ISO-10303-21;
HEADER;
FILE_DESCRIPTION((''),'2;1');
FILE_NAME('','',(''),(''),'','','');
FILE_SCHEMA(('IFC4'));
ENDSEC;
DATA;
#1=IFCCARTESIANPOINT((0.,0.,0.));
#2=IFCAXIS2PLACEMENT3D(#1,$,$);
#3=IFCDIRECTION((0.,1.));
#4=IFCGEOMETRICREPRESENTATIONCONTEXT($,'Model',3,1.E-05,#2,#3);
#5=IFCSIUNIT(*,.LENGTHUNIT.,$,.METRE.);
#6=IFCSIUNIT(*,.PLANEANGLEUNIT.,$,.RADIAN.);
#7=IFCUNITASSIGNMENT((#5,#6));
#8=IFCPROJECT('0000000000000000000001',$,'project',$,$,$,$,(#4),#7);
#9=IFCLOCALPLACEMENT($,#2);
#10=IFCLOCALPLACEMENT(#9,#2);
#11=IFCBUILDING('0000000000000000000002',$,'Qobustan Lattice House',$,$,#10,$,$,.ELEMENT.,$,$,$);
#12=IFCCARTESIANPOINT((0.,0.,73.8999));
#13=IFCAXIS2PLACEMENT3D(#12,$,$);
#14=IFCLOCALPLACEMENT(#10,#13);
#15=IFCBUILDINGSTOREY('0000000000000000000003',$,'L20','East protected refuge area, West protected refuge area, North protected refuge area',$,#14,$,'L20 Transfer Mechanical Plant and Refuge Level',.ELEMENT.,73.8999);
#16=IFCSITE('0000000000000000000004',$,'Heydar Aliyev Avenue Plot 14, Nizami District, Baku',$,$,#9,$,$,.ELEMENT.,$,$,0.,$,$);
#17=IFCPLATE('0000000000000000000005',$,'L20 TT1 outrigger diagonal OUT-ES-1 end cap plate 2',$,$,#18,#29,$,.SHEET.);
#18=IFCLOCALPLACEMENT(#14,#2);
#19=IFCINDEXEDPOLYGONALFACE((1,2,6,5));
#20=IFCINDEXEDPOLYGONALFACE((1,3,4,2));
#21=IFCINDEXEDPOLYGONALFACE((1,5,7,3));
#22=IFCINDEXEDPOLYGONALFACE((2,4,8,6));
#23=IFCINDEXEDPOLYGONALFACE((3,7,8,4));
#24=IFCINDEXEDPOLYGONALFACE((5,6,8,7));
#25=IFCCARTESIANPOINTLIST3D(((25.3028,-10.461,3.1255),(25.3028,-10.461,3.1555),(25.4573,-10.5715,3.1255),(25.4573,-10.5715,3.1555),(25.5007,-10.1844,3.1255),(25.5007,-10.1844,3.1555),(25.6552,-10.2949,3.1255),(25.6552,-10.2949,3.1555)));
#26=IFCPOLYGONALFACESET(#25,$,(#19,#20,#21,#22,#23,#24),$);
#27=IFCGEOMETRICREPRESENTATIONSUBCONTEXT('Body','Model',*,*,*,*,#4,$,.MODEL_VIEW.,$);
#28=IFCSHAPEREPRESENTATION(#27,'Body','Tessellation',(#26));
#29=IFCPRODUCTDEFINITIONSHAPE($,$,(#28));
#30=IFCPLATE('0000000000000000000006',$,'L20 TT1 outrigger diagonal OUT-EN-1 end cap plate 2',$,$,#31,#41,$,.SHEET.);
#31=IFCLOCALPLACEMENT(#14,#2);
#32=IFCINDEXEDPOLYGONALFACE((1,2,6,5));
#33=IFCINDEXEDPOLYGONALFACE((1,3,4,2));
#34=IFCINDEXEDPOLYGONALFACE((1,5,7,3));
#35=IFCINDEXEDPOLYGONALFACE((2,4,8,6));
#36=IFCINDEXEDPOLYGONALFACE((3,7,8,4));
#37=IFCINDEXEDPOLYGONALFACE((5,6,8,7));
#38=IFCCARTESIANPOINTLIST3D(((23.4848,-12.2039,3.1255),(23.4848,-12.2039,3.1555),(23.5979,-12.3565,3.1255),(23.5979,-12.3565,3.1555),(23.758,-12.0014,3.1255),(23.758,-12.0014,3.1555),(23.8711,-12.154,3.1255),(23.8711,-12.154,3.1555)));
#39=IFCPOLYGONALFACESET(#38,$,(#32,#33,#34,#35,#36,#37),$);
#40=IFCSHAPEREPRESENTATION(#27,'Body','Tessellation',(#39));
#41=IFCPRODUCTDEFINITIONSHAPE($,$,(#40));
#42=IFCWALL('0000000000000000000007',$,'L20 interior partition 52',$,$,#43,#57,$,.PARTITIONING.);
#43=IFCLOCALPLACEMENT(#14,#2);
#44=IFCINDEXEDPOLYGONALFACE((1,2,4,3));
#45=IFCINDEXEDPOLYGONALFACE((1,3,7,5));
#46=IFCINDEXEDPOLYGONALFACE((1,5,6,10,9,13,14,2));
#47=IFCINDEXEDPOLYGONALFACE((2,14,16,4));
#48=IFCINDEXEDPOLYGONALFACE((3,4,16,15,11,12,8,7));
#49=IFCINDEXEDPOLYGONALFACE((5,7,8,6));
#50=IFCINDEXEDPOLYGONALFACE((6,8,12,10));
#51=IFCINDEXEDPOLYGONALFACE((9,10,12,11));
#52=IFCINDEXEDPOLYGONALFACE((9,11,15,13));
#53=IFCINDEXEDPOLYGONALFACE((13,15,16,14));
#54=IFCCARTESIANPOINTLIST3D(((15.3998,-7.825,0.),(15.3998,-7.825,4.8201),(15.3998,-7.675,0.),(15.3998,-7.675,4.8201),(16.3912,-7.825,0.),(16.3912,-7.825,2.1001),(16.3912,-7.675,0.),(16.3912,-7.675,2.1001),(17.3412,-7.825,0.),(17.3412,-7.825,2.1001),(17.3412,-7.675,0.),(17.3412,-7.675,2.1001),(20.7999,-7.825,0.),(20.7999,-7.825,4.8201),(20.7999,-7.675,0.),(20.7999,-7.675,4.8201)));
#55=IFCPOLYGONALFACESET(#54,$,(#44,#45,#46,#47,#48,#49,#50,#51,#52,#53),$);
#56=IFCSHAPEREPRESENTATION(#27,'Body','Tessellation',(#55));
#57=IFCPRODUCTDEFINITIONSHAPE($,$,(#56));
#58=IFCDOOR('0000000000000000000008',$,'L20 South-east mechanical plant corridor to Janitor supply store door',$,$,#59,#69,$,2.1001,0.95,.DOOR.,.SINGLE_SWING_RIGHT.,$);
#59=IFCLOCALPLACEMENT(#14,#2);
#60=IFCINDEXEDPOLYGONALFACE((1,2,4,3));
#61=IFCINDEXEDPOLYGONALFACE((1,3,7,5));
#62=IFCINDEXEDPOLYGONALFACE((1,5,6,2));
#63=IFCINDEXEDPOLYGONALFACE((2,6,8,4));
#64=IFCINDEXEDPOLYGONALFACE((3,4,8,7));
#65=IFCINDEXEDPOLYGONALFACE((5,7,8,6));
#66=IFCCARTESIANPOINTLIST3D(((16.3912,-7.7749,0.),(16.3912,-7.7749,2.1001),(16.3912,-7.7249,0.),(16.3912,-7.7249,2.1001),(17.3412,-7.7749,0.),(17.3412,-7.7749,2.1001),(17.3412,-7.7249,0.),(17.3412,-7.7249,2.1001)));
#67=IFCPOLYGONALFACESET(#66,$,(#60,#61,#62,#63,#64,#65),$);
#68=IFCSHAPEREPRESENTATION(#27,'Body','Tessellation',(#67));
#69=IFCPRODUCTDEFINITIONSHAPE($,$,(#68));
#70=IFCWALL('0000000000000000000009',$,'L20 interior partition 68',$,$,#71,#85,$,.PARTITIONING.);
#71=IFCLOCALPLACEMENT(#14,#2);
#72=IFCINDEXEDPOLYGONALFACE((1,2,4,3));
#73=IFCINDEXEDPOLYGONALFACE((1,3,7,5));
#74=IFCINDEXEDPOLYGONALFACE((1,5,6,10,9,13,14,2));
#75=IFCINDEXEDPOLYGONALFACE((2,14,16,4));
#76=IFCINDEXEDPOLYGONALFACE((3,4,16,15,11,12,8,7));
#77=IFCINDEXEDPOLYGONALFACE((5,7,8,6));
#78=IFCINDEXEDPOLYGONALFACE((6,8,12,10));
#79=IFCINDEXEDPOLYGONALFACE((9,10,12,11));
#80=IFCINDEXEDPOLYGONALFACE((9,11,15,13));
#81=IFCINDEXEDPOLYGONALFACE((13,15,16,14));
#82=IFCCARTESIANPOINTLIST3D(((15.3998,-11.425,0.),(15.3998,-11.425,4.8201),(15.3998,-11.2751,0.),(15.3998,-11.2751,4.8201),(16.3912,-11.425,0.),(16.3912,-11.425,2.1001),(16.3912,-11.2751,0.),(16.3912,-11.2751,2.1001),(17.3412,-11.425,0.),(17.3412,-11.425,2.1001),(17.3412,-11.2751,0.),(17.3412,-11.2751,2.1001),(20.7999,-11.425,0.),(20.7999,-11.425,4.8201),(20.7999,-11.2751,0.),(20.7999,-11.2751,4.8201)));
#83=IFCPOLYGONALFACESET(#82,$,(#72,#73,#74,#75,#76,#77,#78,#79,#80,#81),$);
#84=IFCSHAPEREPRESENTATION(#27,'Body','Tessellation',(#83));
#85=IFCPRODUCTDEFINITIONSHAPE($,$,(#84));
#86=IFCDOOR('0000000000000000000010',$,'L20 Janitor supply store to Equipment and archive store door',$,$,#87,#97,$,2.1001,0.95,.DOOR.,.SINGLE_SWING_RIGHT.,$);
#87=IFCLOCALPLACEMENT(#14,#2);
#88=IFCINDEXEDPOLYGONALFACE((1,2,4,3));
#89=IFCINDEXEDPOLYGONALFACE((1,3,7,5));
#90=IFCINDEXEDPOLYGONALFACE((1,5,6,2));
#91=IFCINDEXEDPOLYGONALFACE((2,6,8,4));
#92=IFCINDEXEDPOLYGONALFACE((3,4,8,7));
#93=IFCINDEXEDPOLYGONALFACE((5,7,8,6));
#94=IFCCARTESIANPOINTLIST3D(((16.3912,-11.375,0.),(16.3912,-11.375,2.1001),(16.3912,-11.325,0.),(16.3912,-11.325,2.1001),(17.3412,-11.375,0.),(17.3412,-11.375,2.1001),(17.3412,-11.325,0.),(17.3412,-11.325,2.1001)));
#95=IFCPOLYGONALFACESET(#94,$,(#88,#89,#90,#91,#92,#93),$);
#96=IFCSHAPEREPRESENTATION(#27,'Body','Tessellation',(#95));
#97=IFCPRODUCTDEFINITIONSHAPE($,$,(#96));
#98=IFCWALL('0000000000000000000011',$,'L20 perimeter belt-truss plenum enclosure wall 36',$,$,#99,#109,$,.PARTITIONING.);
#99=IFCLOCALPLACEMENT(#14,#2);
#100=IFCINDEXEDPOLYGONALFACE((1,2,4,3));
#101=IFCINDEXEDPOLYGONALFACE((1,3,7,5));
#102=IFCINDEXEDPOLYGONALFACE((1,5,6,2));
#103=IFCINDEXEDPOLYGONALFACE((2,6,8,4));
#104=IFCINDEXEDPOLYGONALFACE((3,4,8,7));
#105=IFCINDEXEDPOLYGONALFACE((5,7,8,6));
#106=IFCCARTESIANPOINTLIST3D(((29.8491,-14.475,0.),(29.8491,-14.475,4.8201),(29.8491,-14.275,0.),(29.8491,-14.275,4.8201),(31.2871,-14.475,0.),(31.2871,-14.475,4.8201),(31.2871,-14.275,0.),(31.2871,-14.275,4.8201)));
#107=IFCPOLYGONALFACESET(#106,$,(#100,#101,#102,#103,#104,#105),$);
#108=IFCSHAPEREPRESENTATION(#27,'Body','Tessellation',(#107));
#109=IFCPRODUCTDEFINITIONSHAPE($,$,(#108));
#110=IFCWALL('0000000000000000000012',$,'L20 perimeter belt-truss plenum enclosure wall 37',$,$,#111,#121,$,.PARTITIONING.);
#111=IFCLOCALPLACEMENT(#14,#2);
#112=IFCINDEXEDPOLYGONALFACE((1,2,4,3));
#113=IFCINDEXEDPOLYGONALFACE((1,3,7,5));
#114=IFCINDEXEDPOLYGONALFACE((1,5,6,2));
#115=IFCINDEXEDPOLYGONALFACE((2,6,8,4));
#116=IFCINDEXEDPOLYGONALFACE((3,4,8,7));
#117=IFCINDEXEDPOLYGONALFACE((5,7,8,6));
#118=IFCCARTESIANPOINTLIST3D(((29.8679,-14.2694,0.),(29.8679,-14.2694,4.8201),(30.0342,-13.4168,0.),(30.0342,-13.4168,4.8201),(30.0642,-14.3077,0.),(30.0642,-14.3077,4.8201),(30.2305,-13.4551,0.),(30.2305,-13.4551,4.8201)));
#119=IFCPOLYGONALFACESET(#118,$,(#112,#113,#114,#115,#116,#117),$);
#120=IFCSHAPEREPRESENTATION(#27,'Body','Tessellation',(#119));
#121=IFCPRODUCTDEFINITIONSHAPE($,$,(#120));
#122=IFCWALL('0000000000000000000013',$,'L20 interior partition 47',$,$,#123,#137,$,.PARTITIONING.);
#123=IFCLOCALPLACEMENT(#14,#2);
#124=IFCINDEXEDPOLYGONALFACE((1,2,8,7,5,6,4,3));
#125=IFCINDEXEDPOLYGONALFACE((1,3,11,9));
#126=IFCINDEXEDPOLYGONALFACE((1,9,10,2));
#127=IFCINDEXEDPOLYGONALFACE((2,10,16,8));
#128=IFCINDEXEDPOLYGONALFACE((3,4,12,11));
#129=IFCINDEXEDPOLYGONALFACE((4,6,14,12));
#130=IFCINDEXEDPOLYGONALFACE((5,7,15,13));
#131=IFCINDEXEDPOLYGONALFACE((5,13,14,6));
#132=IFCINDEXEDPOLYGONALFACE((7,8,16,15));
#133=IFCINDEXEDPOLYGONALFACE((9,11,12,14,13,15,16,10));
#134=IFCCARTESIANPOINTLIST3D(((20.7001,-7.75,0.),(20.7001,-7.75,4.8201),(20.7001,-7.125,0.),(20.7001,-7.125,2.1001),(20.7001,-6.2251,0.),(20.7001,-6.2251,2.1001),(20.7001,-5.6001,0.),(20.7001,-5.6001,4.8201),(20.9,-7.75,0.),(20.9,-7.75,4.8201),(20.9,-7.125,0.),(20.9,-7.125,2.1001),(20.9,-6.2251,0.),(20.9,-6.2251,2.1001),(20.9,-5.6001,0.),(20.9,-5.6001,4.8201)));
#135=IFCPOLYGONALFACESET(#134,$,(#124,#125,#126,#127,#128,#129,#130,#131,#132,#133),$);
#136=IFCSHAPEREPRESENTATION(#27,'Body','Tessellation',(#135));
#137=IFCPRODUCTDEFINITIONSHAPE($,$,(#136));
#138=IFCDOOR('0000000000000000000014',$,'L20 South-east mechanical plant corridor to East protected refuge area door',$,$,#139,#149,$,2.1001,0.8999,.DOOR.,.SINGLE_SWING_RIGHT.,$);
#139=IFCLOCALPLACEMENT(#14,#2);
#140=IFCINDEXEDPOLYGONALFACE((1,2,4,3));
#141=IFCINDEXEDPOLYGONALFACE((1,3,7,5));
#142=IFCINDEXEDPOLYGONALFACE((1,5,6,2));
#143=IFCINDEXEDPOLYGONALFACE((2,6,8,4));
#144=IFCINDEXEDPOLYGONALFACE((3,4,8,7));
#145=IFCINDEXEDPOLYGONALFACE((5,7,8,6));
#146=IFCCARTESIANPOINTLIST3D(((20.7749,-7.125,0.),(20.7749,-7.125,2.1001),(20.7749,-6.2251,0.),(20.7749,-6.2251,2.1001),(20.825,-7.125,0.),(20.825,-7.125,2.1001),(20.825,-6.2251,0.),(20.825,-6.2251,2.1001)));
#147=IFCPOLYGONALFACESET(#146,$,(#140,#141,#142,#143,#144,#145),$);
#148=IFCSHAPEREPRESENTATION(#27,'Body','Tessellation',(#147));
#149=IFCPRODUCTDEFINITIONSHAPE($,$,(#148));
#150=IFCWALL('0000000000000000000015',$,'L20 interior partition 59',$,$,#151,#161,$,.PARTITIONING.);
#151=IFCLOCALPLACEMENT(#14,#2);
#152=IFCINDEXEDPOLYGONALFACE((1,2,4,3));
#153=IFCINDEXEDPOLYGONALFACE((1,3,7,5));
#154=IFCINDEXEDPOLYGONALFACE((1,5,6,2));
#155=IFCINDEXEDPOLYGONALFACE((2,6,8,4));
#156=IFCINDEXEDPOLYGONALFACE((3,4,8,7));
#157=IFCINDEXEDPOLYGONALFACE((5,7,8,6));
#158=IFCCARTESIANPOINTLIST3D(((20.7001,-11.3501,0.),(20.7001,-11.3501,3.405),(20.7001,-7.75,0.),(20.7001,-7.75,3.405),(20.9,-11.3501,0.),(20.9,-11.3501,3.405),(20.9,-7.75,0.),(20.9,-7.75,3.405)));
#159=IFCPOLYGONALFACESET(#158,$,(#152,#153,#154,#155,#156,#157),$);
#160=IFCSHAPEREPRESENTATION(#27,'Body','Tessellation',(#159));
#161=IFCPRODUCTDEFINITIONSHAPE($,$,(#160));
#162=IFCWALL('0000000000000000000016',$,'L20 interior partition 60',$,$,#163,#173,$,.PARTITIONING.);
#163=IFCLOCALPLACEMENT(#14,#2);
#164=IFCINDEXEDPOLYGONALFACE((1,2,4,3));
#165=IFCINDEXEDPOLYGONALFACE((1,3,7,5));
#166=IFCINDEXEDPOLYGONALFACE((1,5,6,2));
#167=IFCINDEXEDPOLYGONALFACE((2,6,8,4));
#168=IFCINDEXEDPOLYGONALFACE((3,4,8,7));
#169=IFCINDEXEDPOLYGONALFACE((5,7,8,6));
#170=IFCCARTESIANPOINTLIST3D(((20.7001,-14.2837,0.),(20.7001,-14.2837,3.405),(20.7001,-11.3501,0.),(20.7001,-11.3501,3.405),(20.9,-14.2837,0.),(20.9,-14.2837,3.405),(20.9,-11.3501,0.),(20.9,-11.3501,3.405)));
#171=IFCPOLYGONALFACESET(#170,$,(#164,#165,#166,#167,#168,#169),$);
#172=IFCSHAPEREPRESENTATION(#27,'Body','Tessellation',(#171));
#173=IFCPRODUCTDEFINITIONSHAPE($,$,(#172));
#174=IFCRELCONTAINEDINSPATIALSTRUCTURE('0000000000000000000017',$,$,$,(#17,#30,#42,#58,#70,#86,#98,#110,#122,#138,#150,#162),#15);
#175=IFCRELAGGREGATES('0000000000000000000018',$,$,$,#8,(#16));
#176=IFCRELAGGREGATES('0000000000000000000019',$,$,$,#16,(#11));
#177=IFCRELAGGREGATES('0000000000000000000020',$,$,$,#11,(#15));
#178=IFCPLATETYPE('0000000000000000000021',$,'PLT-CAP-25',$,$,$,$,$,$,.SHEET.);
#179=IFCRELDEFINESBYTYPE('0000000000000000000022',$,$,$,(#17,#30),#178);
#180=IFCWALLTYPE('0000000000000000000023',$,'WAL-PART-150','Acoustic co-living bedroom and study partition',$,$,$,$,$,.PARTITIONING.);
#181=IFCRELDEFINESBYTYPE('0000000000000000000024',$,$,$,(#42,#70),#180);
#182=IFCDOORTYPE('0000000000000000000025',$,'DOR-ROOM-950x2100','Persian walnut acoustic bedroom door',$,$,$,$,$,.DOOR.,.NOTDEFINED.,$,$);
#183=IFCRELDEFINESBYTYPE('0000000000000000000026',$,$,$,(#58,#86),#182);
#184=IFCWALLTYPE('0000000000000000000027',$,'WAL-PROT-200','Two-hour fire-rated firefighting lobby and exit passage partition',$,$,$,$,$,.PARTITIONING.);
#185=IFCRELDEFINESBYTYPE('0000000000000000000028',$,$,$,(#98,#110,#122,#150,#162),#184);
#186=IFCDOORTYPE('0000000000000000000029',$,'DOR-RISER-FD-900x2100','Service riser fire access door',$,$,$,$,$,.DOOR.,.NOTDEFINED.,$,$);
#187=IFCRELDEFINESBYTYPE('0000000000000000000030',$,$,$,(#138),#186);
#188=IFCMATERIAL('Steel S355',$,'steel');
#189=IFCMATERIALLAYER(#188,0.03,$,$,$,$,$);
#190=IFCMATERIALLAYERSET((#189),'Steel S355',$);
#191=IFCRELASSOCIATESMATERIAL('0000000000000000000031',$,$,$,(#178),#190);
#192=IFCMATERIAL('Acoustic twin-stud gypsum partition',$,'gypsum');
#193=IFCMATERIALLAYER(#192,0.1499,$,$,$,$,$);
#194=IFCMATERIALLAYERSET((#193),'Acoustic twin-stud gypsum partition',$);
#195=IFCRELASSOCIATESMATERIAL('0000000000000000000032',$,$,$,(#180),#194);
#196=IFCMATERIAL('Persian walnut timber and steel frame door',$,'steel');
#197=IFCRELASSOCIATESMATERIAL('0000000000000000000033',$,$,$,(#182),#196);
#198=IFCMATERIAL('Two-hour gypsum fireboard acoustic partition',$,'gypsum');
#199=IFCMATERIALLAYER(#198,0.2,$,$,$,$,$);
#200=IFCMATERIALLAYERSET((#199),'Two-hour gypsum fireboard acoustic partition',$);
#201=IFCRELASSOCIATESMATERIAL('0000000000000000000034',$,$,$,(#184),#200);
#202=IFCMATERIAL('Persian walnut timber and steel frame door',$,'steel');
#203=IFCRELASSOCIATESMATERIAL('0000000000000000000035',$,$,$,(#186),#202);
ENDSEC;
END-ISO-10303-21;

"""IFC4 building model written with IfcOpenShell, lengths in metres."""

from ifc_helpers import new_model, si_unit, direction, frame, frame_2d, origin, origin_2d, place, context, subcontext, project, spatial, rectangle, extrude, material, layer, layer_set, type_object, element, fill, save


model = new_model("IFC4")

# Units and contexts
model_context = context("Model", 3, precision=1e-05, world=origin(), true_north=direction((0.0, 1.0)))
body_context = subcontext(model_context, "Body", "Model", "MODEL_VIEW")
ifc_project = project(units=[si_unit("LENGTHUNIT", "METRE"), si_unit("PLANEANGLEUNIT", "RADIAN")], contexts=[model_context])

# Site, building, storey
site_placement = place(None, origin())
site = spatial("IfcSite", under=ifc_project, at=site_placement, Name="Heydar Aliyev Avenue Plot 14, Nizami District, Baku", CompositionType="ELEMENT", RefElevation=0.0)
building_placement = place(site_placement, origin())
building = spatial("IfcBuilding", under=site, at=building_placement, Name="Qobustan Lattice House", CompositionType="ELEMENT")
storey_placement = place(building_placement, frame((0.0, 0.0, 73.8999)))
storey = spatial("IfcBuildingStorey", under=building, at=storey_placement, Name="L20", Description="East protected refuge area, West protected refuge area, North protected refuge area", LongName="L20 Transfer Mechanical Plant and Refuge Level", CompositionType="ELEMENT", Elevation=73.8999)

# Plates
ifc_material_1 = material(Name="Steel S355", Category="steel")
ifc_layer_1 = layer(ifc_material_1, 0.03)
ifc_layer_set_1 = layer_set([ifc_layer_1], Name="Steel S355")
plate_type = type_object("IfcPlateType", Name="PLT-CAP-25", PredefinedType="SHEET", material=ifc_layer_set_1)
for number, where, z_axis, x_axis, name in (
    (1, (25.479, -10.3779, 3.1255), (0.0, 0.0, 1.0), (0.813324, -0.581811, 0.0), "L20 TT1 outrigger diagonal OUT-ES-1 end cap plate 2"),
    (2, (23.678, -12.179, 3.1255), (0.0, 0.0, 1.0), (0.595594, -0.803286, 0.0), "L20 TT1 outrigger diagonal OUT-EN-1 end cap plate 2"),
):
    element("IfcPlate", number, at=place(storey_placement, frame(where, z_axis=z_axis, x_axis=x_axis)), inside=storey, type_object=plate_type, Name=name, PredefinedType="SHEET", context=body_context, shape_type="SweptSolid", body=[
        extrude(rectangle(XDim=0.1899, YDim=0.3401, at=origin_2d()), origin(), (0.0, 0.0, 1.0), 0.03),
    ])

# Walls, openings, doors
ifc_material_2 = material(Name="Acoustic twin-stud gypsum partition", Category="gypsum")
ifc_layer_2 = layer(ifc_material_2, 0.1499)
ifc_layer_set_2 = layer_set([ifc_layer_2], Name="Acoustic twin-stud gypsum partition")
wall_type_1 = type_object("IfcWallType", Name="WAL-PART-150", Description="Acoustic co-living bedroom and study partition", PredefinedType="PARTITIONING", material=ifc_layer_set_2)
wall_1_placement = place(storey_placement, frame((20.8, -7.75, 0.0), z_axis=(0.0, 0.0, 1.0), x_axis=(-1.0, 0.0, 0.0)))
wall_1 = element("IfcWall", 3, at=wall_1_placement, inside=storey, type_object=wall_type_1, Name="L20 interior partition 52", PredefinedType="PARTITIONING", context=body_context, shape_type="SweptSolid", body=[
    extrude(rectangle(XDim=5.4001, YDim=0.1499, at=frame_2d((2.7002, 0.0))), origin(), (0.0, 0.0, 1.0), 4.8201),
])
opening_1_placement = place(wall_1_placement, frame((3.4587, 0.0, 0.0)))
opening_1 = element("IfcOpeningElement", 4, at=opening_1_placement, cuts=wall_1, PredefinedType="OPENING", context=body_context, shape_type="SweptSolid", body=[
    extrude(rectangle(XDim=0.95, YDim=2.1001, at=frame_2d((0.4751, 1.05))), frame((0.0, 0.085, 0.0), z_axis=(0.0, -1.0, 0.0), x_axis=(1.0, 0.0, 0.0)), (0.0, 0.0, 1.0), 0.1699),
])
ifc_material_3 = material(Name="Persian walnut timber and steel frame door", Category="steel")
door_type_1 = type_object("IfcDoorType", Name="DOR-ROOM-950x2100", Description="Persian walnut acoustic bedroom door", OperationType="NOTDEFINED", PredefinedType="DOOR", material=ifc_material_3)
door_1_placement = place(opening_1_placement, origin())
door_1 = element("IfcDoor", 5, at=door_1_placement, inside=storey, type_object=door_type_1, Name="L20 South-east mechanical plant corridor to Janitor supply store door", OperationType="SINGLE_SWING_RIGHT", OverallHeight=2.1001, OverallWidth=0.95, PredefinedType="DOOR", context=body_context, shape_type="SweptSolid", body=[
    extrude(rectangle(XDim=0.95, YDim=2.1001, at=frame_2d((0.4751, 1.05))), frame((0.0, 0.0249, 0.0), z_axis=(0.0, -1.0, 0.0), x_axis=(1.0, 0.0, 0.0)), (0.0, 0.0, 1.0), 0.05),
])
fill(opening_1, door_1)
wall_2_placement = place(storey_placement, frame((20.8, -11.3501, 0.0), z_axis=(0.0, 0.0, 1.0), x_axis=(-1.0, 0.0, 0.0)))
wall_2 = element("IfcWall", 6, at=wall_2_placement, inside=storey, type_object=wall_type_1, Name="L20 interior partition 68", PredefinedType="PARTITIONING", context=body_context, shape_type="SweptSolid", body=[
    extrude(rectangle(XDim=5.4001, YDim=0.1499, at=frame_2d((2.7002, 0.0))), origin(), (0.0, 0.0, 1.0), 4.8201),
])
opening_2_placement = place(wall_2_placement, frame((3.4587, 0.0, 0.0)))
opening_2 = element("IfcOpeningElement", 7, at=opening_2_placement, cuts=wall_2, PredefinedType="OPENING", context=body_context, shape_type="SweptSolid", body=[
    extrude(rectangle(XDim=0.95, YDim=2.1001, at=frame_2d((0.4751, 1.05))), frame((0.0, 0.085, 0.0), z_axis=(0.0, -1.0, 0.0), x_axis=(1.0, 0.0, 0.0)), (0.0, 0.0, 1.0), 0.1699),
])
door_2_placement = place(opening_2_placement, origin())
door_2 = element("IfcDoor", 8, at=door_2_placement, inside=storey, type_object=door_type_1, Name="L20 Janitor supply store to Equipment and archive store door", OperationType="SINGLE_SWING_RIGHT", OverallHeight=2.1001, OverallWidth=0.95, PredefinedType="DOOR", context=body_context, shape_type="SweptSolid", body=[
    extrude(rectangle(XDim=0.95, YDim=2.1001, at=frame_2d((0.4751, 1.05))), frame((0.0, 0.0249, 0.0), z_axis=(0.0, -1.0, 0.0), x_axis=(1.0, 0.0, 0.0)), (0.0, 0.0, 1.0), 0.05),
])
fill(opening_2, door_2)

# Walls
ifc_material_4 = material(Name="Two-hour gypsum fireboard acoustic partition", Category="gypsum")
ifc_layer_3 = layer(ifc_material_4, 0.2)
ifc_layer_set_3 = layer_set([ifc_layer_3], Name="Two-hour gypsum fireboard acoustic partition")
wall_type_2 = type_object("IfcWallType", Name="WAL-PROT-200", Description="Two-hour fire-rated firefighting lobby and exit passage partition", PredefinedType="PARTITIONING", material=ifc_layer_set_3)
wall_3_placement = place(storey_placement, frame((31.2871, -14.375, 0.0), z_axis=(0.0, 0.0, 1.0), x_axis=(-1.0, 0.0, 0.0)))
element("IfcWall", 9, at=wall_3_placement, inside=storey, type_object=wall_type_2, Name="L20 perimeter belt-truss plenum enclosure wall 36", PredefinedType="PARTITIONING", context=body_context, shape_type="SweptSolid", body=[
    extrude(rectangle(XDim=1.438, YDim=0.2, at=frame_2d((0.719, 0.0))), origin(), (0.0, 0.0, 1.0), 4.8201),
])
wall_4_placement = place(storey_placement, frame((29.9661, -14.2886, 0.0), z_axis=(0.0, 0.0, 1.0), x_axis=(0.191411, 0.98151, 0.0)))
element("IfcWall", 10, at=wall_4_placement, inside=storey, type_object=wall_type_2, Name="L20 perimeter belt-truss plenum enclosure wall 37", PredefinedType="PARTITIONING", context=body_context, shape_type="SweptSolid", body=[
    extrude(rectangle(XDim=0.8687, YDim=0.2, at=frame_2d((0.4343, 0.0))), origin(), (0.0, 0.0, 1.0), 4.8201),
])

# Wall, opening, door
wall_5_placement = place(storey_placement, frame((20.8, -5.6001, 0.0), z_axis=(0.0, 0.0, 1.0), x_axis=(0.0, -1.0, 0.0)))
wall_5 = element("IfcWall", 11, at=wall_5_placement, inside=storey, type_object=wall_type_2, Name="L20 interior partition 47", PredefinedType="PARTITIONING", context=body_context, shape_type="SweptSolid", body=[
    extrude(rectangle(XDim=2.1499, YDim=0.2, at=frame_2d((1.075, 0.0))), origin(), (0.0, 0.0, 1.0), 4.8201),
])
opening_3_placement = place(wall_5_placement, frame((0.625, 0.0, 0.0)))
opening_3 = element("IfcOpeningElement", 12, at=opening_3_placement, cuts=wall_5, PredefinedType="OPENING", context=body_context, shape_type="SweptSolid", body=[
    extrude(rectangle(XDim=0.8999, YDim=2.1001, at=frame_2d((0.45, 1.05))), frame((0.0, 0.1099, 0.0), z_axis=(0.0, -1.0, 0.0), x_axis=(1.0, 0.0, 0.0)), (0.0, 0.0, 1.0), 0.22),
])
ifc_material_5 = material(Name="Persian walnut timber and steel frame door", Category="steel")
door_type_2 = type_object("IfcDoorType", Name="DOR-RISER-FD-900x2100", Description="Service riser fire access door", OperationType="NOTDEFINED", PredefinedType="DOOR", material=ifc_material_5)
door_3_placement = place(opening_3_placement, origin())
door_3 = element("IfcDoor", 13, at=door_3_placement, inside=storey, type_object=door_type_2, Name="L20 South-east mechanical plant corridor to East protected refuge area door", OperationType="SINGLE_SWING_RIGHT", OverallHeight=2.1001, OverallWidth=0.8999, PredefinedType="DOOR", context=body_context, shape_type="SweptSolid", body=[
    extrude(rectangle(XDim=0.8999, YDim=2.1001, at=frame_2d((0.45, 1.05))), frame((0.0, 0.0249, 0.0), z_axis=(0.0, -1.0, 0.0), x_axis=(1.0, 0.0, 0.0)), (0.0, 0.0, 1.0), 0.05),
])
fill(opening_3, door_3)

# Walls
wall_6_placement = place(storey_placement, frame((20.8, -11.3501, 0.0), z_axis=(0.0, 0.0, 1.0), x_axis=(0.0, 1.0, 0.0)))
element("IfcWall", 14, at=wall_6_placement, inside=storey, type_object=wall_type_2, Name="L20 interior partition 59", PredefinedType="PARTITIONING", context=body_context, shape_type="SweptSolid", body=[
    extrude(rectangle(XDim=3.6001, YDim=0.2, at=frame_2d((1.8, 0.0))), origin(), (0.0, 0.0, 1.0), 3.405),
])
wall_7_placement = place(storey_placement, frame((20.8, -14.2837, 0.0), z_axis=(0.0, 0.0, 1.0), x_axis=(0.0, 1.0, 0.0)))
element("IfcWall", 15, at=wall_7_placement, inside=storey, type_object=wall_type_2, Name="L20 interior partition 60", PredefinedType="PARTITIONING", context=body_context, shape_type="SweptSolid", body=[
    extrude(rectangle(XDim=2.9336, YDim=0.2, at=frame_2d((1.4668, 0.0))), origin(), (0.0, 0.0, 1.0), 3.405),
])

save(model, "model.ifc")
